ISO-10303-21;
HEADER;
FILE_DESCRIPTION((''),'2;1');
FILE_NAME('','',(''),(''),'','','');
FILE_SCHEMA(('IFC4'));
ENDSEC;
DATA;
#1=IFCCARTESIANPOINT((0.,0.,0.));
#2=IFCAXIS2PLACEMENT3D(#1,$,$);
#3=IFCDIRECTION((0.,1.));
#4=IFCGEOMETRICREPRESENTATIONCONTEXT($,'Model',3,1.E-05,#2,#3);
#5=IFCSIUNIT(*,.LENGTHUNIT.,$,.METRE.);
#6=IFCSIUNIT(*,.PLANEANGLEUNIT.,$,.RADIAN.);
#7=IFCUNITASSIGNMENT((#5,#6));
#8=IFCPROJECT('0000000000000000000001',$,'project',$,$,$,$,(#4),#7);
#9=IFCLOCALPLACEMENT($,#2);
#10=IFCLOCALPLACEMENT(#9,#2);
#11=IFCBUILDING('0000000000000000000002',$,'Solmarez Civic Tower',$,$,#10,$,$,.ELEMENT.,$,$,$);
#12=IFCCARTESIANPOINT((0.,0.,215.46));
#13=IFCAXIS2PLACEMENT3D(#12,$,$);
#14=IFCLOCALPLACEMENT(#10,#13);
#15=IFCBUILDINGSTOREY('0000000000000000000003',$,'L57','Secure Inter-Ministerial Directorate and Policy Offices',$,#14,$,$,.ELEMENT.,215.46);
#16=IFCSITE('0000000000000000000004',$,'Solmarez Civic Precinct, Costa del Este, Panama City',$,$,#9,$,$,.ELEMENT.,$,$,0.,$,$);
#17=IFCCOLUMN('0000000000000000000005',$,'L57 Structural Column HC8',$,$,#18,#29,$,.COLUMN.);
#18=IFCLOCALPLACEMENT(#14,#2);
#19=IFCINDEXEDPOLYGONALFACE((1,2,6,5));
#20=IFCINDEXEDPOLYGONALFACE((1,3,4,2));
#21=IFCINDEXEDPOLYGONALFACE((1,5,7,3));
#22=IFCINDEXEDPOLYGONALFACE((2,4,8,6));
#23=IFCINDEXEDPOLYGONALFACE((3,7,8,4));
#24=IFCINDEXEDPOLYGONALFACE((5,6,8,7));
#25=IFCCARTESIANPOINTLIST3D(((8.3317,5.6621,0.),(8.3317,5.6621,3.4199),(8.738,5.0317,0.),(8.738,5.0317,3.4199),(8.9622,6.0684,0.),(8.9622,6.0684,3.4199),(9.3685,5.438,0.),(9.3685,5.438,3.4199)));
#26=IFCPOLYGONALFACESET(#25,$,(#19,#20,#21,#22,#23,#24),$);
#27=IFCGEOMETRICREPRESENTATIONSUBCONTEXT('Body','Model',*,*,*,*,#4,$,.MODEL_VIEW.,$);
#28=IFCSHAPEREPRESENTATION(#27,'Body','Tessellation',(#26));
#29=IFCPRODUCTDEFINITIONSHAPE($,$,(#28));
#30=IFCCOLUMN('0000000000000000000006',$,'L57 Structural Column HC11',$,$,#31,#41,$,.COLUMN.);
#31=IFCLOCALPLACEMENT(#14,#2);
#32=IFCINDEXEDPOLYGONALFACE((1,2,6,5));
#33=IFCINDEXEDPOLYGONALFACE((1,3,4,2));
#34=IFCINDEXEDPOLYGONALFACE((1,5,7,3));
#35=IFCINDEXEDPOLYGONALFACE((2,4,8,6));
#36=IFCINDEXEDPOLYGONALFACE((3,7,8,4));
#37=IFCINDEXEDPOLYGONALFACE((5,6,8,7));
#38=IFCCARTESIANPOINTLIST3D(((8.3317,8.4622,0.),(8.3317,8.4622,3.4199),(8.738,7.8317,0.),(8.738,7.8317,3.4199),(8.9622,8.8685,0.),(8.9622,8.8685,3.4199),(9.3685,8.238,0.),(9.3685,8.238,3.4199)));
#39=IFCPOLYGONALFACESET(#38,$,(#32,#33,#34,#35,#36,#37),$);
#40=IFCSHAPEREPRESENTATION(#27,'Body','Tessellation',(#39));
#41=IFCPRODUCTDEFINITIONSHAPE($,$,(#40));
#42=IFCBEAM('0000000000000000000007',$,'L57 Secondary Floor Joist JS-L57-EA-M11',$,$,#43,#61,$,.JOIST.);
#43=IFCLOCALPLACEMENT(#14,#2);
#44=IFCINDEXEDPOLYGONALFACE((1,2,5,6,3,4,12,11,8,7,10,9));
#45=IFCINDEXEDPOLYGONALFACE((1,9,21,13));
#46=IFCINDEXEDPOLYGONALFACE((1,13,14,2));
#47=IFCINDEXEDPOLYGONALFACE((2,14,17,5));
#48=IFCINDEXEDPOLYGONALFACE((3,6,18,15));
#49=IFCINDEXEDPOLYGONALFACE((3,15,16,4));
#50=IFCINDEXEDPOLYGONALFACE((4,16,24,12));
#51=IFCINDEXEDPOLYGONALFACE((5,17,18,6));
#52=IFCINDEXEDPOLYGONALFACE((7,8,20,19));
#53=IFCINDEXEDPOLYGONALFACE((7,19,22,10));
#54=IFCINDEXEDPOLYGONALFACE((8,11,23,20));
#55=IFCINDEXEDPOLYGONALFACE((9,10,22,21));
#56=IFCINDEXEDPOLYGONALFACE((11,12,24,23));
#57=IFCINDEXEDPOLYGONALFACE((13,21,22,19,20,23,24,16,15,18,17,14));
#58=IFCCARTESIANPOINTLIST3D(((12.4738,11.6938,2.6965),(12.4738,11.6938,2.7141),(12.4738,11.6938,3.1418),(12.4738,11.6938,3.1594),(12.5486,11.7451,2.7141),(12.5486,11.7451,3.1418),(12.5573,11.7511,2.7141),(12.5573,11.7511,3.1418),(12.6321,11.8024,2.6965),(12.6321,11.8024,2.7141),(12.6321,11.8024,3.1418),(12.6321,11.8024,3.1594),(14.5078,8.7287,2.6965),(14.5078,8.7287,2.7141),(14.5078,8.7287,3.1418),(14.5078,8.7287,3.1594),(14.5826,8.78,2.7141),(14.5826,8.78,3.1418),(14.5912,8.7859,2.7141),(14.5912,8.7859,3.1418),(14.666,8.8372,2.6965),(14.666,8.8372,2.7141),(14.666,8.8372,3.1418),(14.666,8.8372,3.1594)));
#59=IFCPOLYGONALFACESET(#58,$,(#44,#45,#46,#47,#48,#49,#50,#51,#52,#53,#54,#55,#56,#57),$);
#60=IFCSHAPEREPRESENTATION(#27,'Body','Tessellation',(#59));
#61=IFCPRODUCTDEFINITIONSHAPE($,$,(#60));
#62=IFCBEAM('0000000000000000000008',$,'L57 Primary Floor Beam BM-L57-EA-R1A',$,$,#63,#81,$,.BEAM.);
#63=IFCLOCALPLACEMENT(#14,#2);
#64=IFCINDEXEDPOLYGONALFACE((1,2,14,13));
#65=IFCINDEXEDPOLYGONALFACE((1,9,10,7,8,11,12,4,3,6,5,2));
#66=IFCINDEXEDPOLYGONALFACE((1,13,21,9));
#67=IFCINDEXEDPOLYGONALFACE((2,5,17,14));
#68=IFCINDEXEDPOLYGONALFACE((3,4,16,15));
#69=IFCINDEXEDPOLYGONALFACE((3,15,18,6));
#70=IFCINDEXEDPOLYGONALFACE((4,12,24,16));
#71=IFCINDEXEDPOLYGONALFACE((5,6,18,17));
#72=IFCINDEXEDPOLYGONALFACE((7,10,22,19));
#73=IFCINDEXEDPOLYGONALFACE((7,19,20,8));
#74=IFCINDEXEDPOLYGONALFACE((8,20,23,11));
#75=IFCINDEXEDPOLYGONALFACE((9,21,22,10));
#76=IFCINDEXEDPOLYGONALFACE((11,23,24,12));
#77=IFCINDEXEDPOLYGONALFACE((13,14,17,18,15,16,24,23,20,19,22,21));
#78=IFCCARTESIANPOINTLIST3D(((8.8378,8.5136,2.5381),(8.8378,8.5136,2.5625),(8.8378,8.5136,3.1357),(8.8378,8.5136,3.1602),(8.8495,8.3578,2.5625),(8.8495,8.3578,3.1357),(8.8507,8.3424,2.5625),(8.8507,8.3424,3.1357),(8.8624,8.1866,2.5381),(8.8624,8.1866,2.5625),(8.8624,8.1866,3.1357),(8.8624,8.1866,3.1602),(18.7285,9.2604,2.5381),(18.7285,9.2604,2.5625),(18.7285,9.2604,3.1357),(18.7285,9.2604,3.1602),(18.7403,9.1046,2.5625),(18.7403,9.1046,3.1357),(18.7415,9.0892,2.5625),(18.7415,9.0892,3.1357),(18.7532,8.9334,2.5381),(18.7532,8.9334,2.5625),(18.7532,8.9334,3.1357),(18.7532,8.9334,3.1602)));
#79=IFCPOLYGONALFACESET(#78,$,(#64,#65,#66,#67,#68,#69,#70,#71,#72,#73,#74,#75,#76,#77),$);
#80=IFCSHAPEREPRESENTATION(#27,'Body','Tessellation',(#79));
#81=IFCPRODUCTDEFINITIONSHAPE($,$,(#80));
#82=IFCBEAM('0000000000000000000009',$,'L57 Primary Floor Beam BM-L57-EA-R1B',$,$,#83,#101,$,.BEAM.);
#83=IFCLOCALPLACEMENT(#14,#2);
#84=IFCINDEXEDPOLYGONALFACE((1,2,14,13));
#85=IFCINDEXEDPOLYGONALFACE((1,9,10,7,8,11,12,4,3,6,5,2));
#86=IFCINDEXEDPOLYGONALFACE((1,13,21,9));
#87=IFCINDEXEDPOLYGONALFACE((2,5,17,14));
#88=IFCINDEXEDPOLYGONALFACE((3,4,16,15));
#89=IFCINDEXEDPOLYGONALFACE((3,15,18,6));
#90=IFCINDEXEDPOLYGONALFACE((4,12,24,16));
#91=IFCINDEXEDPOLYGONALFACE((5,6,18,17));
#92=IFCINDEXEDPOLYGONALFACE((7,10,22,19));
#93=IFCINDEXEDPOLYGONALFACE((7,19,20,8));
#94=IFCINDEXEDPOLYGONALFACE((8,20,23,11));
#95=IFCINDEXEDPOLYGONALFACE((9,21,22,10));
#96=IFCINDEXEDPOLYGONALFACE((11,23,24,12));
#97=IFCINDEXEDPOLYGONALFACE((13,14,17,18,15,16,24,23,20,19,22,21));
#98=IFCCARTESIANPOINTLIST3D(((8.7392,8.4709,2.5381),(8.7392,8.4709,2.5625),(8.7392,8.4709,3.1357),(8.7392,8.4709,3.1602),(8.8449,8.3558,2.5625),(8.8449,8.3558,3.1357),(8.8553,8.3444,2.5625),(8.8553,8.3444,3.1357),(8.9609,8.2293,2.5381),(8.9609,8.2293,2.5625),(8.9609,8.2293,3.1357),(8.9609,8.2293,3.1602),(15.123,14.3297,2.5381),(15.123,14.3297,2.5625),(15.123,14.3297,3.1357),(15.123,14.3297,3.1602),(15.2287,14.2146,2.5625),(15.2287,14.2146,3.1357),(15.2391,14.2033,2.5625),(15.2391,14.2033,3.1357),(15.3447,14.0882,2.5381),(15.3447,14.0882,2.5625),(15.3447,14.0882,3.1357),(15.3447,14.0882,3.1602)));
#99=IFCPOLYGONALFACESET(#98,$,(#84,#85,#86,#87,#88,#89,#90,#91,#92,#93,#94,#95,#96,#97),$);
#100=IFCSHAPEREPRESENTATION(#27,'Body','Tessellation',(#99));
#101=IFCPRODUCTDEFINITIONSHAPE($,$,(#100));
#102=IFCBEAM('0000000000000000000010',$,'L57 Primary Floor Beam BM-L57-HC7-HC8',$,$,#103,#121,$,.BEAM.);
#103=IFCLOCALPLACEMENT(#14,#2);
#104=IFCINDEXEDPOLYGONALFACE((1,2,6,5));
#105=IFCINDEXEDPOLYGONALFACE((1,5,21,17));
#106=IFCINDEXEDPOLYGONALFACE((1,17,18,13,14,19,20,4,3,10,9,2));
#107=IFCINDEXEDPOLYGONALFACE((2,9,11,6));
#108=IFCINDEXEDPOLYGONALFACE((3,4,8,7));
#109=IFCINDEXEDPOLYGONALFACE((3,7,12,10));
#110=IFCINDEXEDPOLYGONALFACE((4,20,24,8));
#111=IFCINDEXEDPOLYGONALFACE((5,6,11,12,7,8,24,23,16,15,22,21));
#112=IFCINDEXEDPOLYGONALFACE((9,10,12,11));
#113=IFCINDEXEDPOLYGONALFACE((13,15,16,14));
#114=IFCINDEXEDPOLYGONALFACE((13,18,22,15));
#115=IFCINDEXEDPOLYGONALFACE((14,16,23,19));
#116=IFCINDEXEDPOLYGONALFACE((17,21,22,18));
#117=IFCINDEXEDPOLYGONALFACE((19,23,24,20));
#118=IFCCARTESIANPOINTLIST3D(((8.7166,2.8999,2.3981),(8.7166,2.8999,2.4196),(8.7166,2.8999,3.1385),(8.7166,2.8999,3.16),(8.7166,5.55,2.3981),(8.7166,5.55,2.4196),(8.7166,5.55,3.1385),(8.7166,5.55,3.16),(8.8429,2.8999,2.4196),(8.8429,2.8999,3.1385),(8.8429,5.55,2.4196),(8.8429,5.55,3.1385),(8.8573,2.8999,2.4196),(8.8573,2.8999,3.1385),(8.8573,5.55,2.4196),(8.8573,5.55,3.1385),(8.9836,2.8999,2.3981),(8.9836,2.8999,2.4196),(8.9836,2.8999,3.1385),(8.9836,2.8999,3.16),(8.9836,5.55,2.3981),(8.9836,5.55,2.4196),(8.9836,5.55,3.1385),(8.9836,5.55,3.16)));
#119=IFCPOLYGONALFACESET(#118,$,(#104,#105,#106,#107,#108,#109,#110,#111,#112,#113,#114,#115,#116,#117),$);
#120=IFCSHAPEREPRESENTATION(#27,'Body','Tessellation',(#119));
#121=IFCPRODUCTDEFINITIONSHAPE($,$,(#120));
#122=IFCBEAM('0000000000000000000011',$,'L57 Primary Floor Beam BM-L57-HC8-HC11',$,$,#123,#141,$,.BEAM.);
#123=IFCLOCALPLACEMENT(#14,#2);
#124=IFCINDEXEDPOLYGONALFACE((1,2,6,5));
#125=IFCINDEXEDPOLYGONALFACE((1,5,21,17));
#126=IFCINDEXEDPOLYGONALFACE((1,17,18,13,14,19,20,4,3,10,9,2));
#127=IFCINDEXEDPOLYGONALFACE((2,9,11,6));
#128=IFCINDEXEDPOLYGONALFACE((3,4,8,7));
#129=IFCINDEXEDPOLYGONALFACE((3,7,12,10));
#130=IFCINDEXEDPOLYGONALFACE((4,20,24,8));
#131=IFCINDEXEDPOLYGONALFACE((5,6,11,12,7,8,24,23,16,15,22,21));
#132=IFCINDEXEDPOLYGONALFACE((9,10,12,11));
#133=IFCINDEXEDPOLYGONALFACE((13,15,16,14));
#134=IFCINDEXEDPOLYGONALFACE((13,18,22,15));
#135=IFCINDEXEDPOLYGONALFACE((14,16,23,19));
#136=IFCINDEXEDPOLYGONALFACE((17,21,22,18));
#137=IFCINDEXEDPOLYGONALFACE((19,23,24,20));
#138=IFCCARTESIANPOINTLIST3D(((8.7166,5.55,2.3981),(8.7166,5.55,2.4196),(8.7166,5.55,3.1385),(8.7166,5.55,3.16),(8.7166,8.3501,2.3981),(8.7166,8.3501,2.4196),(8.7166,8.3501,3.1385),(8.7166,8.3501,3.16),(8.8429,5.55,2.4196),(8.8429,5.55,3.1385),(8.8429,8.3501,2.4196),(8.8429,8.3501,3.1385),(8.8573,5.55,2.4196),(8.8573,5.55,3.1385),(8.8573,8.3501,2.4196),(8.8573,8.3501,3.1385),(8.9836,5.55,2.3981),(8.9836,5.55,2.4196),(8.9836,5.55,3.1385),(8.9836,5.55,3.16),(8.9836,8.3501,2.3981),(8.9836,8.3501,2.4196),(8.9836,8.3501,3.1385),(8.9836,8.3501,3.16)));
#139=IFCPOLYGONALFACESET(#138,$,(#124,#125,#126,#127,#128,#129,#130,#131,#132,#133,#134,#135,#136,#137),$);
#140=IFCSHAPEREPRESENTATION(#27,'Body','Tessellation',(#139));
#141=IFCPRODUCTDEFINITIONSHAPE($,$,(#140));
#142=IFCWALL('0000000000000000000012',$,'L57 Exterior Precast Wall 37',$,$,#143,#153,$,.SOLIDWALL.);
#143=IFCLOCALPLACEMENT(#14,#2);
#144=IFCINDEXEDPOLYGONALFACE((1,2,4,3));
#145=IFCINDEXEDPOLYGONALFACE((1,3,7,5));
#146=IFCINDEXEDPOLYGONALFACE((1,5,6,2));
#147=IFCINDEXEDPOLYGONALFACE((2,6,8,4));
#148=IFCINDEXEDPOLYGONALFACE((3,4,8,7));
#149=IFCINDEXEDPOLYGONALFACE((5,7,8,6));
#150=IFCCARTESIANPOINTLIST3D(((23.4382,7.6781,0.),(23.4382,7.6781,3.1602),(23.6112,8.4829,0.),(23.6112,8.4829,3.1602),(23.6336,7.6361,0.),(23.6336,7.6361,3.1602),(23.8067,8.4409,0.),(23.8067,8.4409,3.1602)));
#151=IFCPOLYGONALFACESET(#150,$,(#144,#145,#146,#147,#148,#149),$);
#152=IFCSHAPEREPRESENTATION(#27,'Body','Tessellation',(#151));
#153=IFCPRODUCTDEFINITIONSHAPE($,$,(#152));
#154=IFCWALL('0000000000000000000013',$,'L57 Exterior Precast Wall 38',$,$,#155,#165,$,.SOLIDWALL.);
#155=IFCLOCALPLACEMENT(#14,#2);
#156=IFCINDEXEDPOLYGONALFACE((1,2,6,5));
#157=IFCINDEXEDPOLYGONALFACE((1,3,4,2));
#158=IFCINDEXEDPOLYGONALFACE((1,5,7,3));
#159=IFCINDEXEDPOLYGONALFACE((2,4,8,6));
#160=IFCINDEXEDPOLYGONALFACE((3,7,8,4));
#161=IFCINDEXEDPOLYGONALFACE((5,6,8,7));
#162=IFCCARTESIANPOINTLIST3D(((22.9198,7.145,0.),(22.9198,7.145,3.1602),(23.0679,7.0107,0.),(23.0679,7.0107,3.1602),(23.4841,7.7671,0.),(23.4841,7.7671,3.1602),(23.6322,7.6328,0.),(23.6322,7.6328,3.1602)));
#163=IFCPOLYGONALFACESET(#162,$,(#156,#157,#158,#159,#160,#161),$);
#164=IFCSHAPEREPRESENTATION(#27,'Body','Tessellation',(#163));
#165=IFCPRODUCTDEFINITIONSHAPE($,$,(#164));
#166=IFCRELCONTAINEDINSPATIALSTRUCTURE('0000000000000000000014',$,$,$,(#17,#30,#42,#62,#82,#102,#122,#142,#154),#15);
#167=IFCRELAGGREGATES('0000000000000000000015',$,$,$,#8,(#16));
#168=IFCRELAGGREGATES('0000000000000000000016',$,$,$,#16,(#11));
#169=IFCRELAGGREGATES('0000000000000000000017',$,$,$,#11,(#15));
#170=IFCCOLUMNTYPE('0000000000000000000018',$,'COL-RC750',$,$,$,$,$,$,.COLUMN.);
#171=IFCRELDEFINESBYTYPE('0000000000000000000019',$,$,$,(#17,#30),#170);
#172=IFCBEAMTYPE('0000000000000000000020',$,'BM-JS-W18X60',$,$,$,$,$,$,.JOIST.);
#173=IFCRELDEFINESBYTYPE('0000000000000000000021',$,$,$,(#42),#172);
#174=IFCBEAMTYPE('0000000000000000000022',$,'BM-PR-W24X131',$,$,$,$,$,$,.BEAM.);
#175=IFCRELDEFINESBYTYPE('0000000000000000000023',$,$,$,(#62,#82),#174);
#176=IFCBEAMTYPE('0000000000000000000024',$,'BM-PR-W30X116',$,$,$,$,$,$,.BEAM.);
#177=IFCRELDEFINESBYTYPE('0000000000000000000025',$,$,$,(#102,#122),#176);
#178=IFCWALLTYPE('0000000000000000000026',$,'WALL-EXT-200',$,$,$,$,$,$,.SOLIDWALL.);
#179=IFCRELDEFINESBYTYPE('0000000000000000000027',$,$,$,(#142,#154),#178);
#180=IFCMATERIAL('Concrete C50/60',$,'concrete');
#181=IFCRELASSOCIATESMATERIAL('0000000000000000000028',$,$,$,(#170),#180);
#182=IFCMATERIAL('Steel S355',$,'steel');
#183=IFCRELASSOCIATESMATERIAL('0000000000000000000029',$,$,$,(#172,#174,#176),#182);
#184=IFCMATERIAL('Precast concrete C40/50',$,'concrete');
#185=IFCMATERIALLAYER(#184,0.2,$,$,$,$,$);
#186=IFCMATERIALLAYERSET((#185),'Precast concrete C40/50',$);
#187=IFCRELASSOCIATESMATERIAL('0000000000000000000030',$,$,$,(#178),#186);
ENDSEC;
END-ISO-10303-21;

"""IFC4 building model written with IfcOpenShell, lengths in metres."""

from ifc_helpers import new_model, si_unit, direction, frame, frame_2d, origin, origin_2d, place, context, subcontext, project, spatial, rectangle, i_section, extrude, material, layer, layer_set, material_profile, profile_set, type_object, element, save


model = new_model("IFC4")

# Units and contexts
model_context = context("Model", 3, precision=1e-05, world=origin(), true_north=direction((0.0, 1.0)))
body_context = subcontext(model_context, "Body", "Model", "MODEL_VIEW")
ifc_project = project(units=[si_unit("LENGTHUNIT", "METRE"), si_unit("PLANEANGLEUNIT", "RADIAN")], contexts=[model_context])

# Site, building, storey
site_placement = place(None, origin())
site = spatial("IfcSite", under=ifc_project, at=site_placement, Name="Solmarez Civic Precinct, Costa del Este, Panama City", CompositionType="ELEMENT", RefElevation=0.0)
building_placement = place(site_placement, origin())
building = spatial("IfcBuilding", under=site, at=building_placement, Name="Solmarez Civic Tower", CompositionType="ELEMENT")
storey_placement = place(building_placement, frame((0.0, 0.0, 215.46)))
storey = spatial("IfcBuildingStorey", under=building, at=storey_placement, Name="L57", Description="Secure Inter-Ministerial Directorate and Policy Offices", CompositionType="ELEMENT", Elevation=215.46)

# Columns
ifc_material_1 = material(Name="Concrete C50/60", Category="concrete")
ifc_material_profile_1 = material_profile(ifc_material_1, rectangle(XDim=0.75, YDim=0.75, at=origin_2d()), Name="RC750X750")
ifc_profile_set_1 = profile_set([ifc_material_profile_1], Name="Concrete C50/60")
column_type = type_object("IfcColumnType", Name="COL-RC750", PredefinedType="COLUMN", material=ifc_profile_set_1)
for number, where, z_axis, x_axis, name in (
    (1, (8.8501, 5.55, 0.0), (0.0, 0.0, 1.0), (0.840567, 0.541708, 0.0), "L57 Structural Column HC8"),
    (2, (8.8501, 8.3501, 0.0), (0.0, 0.0, 1.0), (0.840567, 0.541708, 0.0), "L57 Structural Column HC11"),
):
    element("IfcColumn", number, at=place(storey_placement, frame(where, z_axis=z_axis, x_axis=x_axis)), inside=storey, type_object=column_type, Name=name, PredefinedType="COLUMN", context=body_context, shape_type="SweptSolid", body=[
        extrude(rectangle(XDim=0.75, YDim=0.75, at=origin_2d()), origin(), (0.0, 0.0, 1.0), 3.4199),
    ])

# Beams
ifc_material_2 = material(Name="Steel S355", Category="steel")
ifc_material_profile_2 = material_profile(ifc_material_2, i_section(OverallWidth=0.1919, OverallDepth=0.4629, WebThickness=0.0105, FlangeThickness=0.0176, at=origin_2d()), Name="W18X60")
ifc_profile_set_2 = profile_set([ifc_material_profile_2], Name="Steel S355")
beam_type_1 = type_object("IfcBeamType", Name="BM-JS-W18X60", PredefinedType="JOIST", material=ifc_profile_set_2)
beam_1_placement = place(storey_placement, frame((14.5869, 8.783, 2.928), z_axis=(-0.565667, 0.824634, 0.0), x_axis=(-0.824634, -0.565667, 0.0)))
element("IfcBeam", 3, at=beam_1_placement, inside=storey, type_object=beam_type_1, Name="L57 Secondary Floor Joist JS-L57-EA-M11", PredefinedType="JOIST", context=body_context, shape_type="SweptSolid", body=[
    extrude(i_section(OverallWidth=0.1919, OverallDepth=0.4629, WebThickness=0.0105, FlangeThickness=0.0176, at=origin_2d()), origin(), (0.0, 0.0, 1.0), 3.5957),
])
ifc_material_profile_3 = material_profile(ifc_material_2, i_section(OverallWidth=0.3279, OverallDepth=0.6221, WebThickness=0.0154, FlangeThickness=0.0244, at=origin_2d()), Name="W24X131")
ifc_profile_set_3 = profile_set([ifc_material_profile_3], Name="Steel S355")
beam_type_2 = type_object("IfcBeamType", Name="BM-PR-W24X131", PredefinedType="BEAM", material=ifc_profile_set_3)
beam_2_placement = place(storey_placement, frame((8.8501, 8.3501, 2.8491), z_axis=(0.997162, 0.075292, 0.0), x_axis=(-0.075292, 0.997162, 0.0)))
element("IfcBeam", 4, at=beam_2_placement, inside=storey, type_object=beam_type_2, Name="L57 Primary Floor Beam BM-L57-EA-R1A", PredefinedType="BEAM", context=body_context, shape_type="SweptSolid", body=[
    extrude(i_section(OverallWidth=0.3279, OverallDepth=0.6221, WebThickness=0.0154, FlangeThickness=0.0244, at=origin_2d()), origin(), (0.0, 0.0, 1.0), 9.9189),
])
beam_3_placement = place(storey_placement, frame((8.8501, 8.3501, 2.8491), z_axis=(0.736747, 0.676169, 0.0), x_axis=(-0.676169, 0.736747, 0.0)))
element("IfcBeam", 5, at=beam_3_placement, inside=storey, type_object=beam_type_2, Name="L57 Primary Floor Beam BM-L57-EA-R1B", PredefinedType="BEAM", context=body_context, shape_type="SweptSolid", body=[
    extrude(i_section(OverallWidth=0.3279, OverallDepth=0.6221, WebThickness=0.0154, FlangeThickness=0.0244, at=origin_2d()), origin(), (0.0, 0.0, 1.0), 8.6648),
])
ifc_material_profile_4 = material_profile(ifc_material_2, i_section(OverallWidth=0.2671, OverallDepth=0.762, WebThickness=0.0144, FlangeThickness=0.0215, at=origin_2d()), Name="W30X116")
ifc_profile_set_4 = profile_set([ifc_material_profile_4], Name="Steel S355")
beam_type_3 = type_object("IfcBeamType", Name="BM-PR-W30X116", PredefinedType="BEAM", material=ifc_profile_set_4)
beam_4_placement = place(storey_placement, frame((8.8501, 2.8999, 2.7791), z_axis=(0.0, 1.0, 0.0), x_axis=(-1.0, 0.0, 0.0)))
element("IfcBeam", 6, at=beam_4_placement, inside=storey, type_object=beam_type_3, Name="L57 Primary Floor Beam BM-L57-HC7-HC8", PredefinedType="BEAM", context=body_context, shape_type="SweptSolid", body=[
    extrude(i_section(OverallWidth=0.2671, OverallDepth=0.762, WebThickness=0.0144, FlangeThickness=0.0215, at=origin_2d()), origin(), (0.0, 0.0, 1.0), 2.6501),
])
beam_5_placement = place(storey_placement, frame((8.8501, 5.55, 2.7791), z_axis=(0.0, 1.0, 0.0), x_axis=(-1.0, 0.0, 0.0)))
element("IfcBeam", 7, at=beam_5_placement, inside=storey, type_object=beam_type_3, Name="L57 Primary Floor Beam BM-L57-HC8-HC11", PredefinedType="BEAM", context=body_context, shape_type="SweptSolid", body=[
    extrude(i_section(OverallWidth=0.2671, OverallDepth=0.762, WebThickness=0.0144, FlangeThickness=0.0215, at=origin_2d()), origin(), (0.0, 0.0, 1.0), 2.8),
])

# Walls
ifc_material_3 = material(Name="Precast concrete C40/50", Category="concrete")
ifc_layer_1 = layer(ifc_material_3, 0.2)
ifc_layer_set_1 = layer_set([ifc_layer_1], Name="Precast concrete C40/50")
wall_type_1 = type_object("IfcWallType", Name="WALL-EXT-200", PredefinedType="SOLIDWALL", material=ifc_layer_set_1)
wall_1_placement = place(storey_placement, frame((23.709, 8.4619, 0.0), z_axis=(0.0, 0.0, 1.0), x_axis=(-0.210238, -0.97765, 0.0)))
element("IfcWall", 8, at=wall_1_placement, inside=storey, type_object=wall_type_1, Name="L57 Exterior Precast Wall 37", PredefinedType="SOLIDWALL", context=body_context, shape_type="SweptSolid", body=[
    extrude(rectangle(XDim=0.8232, YDim=0.2, at=frame_2d((0.4116, 0.0))), origin(), (0.0, 0.0, 1.0), 3.1602),
])
wall_2_placement = place(storey_placement, frame((23.5581, 7.7, 0.0), z_axis=(0.0, 0.0, 1.0), x_axis=(-0.671819, -0.740716, 0.0)))
element("IfcWall", 9, at=wall_2_placement, inside=storey, type_object=wall_type_1, Name="L57 Exterior Precast Wall 38", PredefinedType="SOLIDWALL", context=body_context, shape_type="SweptSolid", body=[
    extrude(rectangle(XDim=0.8398, YDim=0.2, at=frame_2d((0.4199, 0.0))), origin(), (0.0, 0.0, 1.0), 3.1602),
])

save(model, "model.ifc")
